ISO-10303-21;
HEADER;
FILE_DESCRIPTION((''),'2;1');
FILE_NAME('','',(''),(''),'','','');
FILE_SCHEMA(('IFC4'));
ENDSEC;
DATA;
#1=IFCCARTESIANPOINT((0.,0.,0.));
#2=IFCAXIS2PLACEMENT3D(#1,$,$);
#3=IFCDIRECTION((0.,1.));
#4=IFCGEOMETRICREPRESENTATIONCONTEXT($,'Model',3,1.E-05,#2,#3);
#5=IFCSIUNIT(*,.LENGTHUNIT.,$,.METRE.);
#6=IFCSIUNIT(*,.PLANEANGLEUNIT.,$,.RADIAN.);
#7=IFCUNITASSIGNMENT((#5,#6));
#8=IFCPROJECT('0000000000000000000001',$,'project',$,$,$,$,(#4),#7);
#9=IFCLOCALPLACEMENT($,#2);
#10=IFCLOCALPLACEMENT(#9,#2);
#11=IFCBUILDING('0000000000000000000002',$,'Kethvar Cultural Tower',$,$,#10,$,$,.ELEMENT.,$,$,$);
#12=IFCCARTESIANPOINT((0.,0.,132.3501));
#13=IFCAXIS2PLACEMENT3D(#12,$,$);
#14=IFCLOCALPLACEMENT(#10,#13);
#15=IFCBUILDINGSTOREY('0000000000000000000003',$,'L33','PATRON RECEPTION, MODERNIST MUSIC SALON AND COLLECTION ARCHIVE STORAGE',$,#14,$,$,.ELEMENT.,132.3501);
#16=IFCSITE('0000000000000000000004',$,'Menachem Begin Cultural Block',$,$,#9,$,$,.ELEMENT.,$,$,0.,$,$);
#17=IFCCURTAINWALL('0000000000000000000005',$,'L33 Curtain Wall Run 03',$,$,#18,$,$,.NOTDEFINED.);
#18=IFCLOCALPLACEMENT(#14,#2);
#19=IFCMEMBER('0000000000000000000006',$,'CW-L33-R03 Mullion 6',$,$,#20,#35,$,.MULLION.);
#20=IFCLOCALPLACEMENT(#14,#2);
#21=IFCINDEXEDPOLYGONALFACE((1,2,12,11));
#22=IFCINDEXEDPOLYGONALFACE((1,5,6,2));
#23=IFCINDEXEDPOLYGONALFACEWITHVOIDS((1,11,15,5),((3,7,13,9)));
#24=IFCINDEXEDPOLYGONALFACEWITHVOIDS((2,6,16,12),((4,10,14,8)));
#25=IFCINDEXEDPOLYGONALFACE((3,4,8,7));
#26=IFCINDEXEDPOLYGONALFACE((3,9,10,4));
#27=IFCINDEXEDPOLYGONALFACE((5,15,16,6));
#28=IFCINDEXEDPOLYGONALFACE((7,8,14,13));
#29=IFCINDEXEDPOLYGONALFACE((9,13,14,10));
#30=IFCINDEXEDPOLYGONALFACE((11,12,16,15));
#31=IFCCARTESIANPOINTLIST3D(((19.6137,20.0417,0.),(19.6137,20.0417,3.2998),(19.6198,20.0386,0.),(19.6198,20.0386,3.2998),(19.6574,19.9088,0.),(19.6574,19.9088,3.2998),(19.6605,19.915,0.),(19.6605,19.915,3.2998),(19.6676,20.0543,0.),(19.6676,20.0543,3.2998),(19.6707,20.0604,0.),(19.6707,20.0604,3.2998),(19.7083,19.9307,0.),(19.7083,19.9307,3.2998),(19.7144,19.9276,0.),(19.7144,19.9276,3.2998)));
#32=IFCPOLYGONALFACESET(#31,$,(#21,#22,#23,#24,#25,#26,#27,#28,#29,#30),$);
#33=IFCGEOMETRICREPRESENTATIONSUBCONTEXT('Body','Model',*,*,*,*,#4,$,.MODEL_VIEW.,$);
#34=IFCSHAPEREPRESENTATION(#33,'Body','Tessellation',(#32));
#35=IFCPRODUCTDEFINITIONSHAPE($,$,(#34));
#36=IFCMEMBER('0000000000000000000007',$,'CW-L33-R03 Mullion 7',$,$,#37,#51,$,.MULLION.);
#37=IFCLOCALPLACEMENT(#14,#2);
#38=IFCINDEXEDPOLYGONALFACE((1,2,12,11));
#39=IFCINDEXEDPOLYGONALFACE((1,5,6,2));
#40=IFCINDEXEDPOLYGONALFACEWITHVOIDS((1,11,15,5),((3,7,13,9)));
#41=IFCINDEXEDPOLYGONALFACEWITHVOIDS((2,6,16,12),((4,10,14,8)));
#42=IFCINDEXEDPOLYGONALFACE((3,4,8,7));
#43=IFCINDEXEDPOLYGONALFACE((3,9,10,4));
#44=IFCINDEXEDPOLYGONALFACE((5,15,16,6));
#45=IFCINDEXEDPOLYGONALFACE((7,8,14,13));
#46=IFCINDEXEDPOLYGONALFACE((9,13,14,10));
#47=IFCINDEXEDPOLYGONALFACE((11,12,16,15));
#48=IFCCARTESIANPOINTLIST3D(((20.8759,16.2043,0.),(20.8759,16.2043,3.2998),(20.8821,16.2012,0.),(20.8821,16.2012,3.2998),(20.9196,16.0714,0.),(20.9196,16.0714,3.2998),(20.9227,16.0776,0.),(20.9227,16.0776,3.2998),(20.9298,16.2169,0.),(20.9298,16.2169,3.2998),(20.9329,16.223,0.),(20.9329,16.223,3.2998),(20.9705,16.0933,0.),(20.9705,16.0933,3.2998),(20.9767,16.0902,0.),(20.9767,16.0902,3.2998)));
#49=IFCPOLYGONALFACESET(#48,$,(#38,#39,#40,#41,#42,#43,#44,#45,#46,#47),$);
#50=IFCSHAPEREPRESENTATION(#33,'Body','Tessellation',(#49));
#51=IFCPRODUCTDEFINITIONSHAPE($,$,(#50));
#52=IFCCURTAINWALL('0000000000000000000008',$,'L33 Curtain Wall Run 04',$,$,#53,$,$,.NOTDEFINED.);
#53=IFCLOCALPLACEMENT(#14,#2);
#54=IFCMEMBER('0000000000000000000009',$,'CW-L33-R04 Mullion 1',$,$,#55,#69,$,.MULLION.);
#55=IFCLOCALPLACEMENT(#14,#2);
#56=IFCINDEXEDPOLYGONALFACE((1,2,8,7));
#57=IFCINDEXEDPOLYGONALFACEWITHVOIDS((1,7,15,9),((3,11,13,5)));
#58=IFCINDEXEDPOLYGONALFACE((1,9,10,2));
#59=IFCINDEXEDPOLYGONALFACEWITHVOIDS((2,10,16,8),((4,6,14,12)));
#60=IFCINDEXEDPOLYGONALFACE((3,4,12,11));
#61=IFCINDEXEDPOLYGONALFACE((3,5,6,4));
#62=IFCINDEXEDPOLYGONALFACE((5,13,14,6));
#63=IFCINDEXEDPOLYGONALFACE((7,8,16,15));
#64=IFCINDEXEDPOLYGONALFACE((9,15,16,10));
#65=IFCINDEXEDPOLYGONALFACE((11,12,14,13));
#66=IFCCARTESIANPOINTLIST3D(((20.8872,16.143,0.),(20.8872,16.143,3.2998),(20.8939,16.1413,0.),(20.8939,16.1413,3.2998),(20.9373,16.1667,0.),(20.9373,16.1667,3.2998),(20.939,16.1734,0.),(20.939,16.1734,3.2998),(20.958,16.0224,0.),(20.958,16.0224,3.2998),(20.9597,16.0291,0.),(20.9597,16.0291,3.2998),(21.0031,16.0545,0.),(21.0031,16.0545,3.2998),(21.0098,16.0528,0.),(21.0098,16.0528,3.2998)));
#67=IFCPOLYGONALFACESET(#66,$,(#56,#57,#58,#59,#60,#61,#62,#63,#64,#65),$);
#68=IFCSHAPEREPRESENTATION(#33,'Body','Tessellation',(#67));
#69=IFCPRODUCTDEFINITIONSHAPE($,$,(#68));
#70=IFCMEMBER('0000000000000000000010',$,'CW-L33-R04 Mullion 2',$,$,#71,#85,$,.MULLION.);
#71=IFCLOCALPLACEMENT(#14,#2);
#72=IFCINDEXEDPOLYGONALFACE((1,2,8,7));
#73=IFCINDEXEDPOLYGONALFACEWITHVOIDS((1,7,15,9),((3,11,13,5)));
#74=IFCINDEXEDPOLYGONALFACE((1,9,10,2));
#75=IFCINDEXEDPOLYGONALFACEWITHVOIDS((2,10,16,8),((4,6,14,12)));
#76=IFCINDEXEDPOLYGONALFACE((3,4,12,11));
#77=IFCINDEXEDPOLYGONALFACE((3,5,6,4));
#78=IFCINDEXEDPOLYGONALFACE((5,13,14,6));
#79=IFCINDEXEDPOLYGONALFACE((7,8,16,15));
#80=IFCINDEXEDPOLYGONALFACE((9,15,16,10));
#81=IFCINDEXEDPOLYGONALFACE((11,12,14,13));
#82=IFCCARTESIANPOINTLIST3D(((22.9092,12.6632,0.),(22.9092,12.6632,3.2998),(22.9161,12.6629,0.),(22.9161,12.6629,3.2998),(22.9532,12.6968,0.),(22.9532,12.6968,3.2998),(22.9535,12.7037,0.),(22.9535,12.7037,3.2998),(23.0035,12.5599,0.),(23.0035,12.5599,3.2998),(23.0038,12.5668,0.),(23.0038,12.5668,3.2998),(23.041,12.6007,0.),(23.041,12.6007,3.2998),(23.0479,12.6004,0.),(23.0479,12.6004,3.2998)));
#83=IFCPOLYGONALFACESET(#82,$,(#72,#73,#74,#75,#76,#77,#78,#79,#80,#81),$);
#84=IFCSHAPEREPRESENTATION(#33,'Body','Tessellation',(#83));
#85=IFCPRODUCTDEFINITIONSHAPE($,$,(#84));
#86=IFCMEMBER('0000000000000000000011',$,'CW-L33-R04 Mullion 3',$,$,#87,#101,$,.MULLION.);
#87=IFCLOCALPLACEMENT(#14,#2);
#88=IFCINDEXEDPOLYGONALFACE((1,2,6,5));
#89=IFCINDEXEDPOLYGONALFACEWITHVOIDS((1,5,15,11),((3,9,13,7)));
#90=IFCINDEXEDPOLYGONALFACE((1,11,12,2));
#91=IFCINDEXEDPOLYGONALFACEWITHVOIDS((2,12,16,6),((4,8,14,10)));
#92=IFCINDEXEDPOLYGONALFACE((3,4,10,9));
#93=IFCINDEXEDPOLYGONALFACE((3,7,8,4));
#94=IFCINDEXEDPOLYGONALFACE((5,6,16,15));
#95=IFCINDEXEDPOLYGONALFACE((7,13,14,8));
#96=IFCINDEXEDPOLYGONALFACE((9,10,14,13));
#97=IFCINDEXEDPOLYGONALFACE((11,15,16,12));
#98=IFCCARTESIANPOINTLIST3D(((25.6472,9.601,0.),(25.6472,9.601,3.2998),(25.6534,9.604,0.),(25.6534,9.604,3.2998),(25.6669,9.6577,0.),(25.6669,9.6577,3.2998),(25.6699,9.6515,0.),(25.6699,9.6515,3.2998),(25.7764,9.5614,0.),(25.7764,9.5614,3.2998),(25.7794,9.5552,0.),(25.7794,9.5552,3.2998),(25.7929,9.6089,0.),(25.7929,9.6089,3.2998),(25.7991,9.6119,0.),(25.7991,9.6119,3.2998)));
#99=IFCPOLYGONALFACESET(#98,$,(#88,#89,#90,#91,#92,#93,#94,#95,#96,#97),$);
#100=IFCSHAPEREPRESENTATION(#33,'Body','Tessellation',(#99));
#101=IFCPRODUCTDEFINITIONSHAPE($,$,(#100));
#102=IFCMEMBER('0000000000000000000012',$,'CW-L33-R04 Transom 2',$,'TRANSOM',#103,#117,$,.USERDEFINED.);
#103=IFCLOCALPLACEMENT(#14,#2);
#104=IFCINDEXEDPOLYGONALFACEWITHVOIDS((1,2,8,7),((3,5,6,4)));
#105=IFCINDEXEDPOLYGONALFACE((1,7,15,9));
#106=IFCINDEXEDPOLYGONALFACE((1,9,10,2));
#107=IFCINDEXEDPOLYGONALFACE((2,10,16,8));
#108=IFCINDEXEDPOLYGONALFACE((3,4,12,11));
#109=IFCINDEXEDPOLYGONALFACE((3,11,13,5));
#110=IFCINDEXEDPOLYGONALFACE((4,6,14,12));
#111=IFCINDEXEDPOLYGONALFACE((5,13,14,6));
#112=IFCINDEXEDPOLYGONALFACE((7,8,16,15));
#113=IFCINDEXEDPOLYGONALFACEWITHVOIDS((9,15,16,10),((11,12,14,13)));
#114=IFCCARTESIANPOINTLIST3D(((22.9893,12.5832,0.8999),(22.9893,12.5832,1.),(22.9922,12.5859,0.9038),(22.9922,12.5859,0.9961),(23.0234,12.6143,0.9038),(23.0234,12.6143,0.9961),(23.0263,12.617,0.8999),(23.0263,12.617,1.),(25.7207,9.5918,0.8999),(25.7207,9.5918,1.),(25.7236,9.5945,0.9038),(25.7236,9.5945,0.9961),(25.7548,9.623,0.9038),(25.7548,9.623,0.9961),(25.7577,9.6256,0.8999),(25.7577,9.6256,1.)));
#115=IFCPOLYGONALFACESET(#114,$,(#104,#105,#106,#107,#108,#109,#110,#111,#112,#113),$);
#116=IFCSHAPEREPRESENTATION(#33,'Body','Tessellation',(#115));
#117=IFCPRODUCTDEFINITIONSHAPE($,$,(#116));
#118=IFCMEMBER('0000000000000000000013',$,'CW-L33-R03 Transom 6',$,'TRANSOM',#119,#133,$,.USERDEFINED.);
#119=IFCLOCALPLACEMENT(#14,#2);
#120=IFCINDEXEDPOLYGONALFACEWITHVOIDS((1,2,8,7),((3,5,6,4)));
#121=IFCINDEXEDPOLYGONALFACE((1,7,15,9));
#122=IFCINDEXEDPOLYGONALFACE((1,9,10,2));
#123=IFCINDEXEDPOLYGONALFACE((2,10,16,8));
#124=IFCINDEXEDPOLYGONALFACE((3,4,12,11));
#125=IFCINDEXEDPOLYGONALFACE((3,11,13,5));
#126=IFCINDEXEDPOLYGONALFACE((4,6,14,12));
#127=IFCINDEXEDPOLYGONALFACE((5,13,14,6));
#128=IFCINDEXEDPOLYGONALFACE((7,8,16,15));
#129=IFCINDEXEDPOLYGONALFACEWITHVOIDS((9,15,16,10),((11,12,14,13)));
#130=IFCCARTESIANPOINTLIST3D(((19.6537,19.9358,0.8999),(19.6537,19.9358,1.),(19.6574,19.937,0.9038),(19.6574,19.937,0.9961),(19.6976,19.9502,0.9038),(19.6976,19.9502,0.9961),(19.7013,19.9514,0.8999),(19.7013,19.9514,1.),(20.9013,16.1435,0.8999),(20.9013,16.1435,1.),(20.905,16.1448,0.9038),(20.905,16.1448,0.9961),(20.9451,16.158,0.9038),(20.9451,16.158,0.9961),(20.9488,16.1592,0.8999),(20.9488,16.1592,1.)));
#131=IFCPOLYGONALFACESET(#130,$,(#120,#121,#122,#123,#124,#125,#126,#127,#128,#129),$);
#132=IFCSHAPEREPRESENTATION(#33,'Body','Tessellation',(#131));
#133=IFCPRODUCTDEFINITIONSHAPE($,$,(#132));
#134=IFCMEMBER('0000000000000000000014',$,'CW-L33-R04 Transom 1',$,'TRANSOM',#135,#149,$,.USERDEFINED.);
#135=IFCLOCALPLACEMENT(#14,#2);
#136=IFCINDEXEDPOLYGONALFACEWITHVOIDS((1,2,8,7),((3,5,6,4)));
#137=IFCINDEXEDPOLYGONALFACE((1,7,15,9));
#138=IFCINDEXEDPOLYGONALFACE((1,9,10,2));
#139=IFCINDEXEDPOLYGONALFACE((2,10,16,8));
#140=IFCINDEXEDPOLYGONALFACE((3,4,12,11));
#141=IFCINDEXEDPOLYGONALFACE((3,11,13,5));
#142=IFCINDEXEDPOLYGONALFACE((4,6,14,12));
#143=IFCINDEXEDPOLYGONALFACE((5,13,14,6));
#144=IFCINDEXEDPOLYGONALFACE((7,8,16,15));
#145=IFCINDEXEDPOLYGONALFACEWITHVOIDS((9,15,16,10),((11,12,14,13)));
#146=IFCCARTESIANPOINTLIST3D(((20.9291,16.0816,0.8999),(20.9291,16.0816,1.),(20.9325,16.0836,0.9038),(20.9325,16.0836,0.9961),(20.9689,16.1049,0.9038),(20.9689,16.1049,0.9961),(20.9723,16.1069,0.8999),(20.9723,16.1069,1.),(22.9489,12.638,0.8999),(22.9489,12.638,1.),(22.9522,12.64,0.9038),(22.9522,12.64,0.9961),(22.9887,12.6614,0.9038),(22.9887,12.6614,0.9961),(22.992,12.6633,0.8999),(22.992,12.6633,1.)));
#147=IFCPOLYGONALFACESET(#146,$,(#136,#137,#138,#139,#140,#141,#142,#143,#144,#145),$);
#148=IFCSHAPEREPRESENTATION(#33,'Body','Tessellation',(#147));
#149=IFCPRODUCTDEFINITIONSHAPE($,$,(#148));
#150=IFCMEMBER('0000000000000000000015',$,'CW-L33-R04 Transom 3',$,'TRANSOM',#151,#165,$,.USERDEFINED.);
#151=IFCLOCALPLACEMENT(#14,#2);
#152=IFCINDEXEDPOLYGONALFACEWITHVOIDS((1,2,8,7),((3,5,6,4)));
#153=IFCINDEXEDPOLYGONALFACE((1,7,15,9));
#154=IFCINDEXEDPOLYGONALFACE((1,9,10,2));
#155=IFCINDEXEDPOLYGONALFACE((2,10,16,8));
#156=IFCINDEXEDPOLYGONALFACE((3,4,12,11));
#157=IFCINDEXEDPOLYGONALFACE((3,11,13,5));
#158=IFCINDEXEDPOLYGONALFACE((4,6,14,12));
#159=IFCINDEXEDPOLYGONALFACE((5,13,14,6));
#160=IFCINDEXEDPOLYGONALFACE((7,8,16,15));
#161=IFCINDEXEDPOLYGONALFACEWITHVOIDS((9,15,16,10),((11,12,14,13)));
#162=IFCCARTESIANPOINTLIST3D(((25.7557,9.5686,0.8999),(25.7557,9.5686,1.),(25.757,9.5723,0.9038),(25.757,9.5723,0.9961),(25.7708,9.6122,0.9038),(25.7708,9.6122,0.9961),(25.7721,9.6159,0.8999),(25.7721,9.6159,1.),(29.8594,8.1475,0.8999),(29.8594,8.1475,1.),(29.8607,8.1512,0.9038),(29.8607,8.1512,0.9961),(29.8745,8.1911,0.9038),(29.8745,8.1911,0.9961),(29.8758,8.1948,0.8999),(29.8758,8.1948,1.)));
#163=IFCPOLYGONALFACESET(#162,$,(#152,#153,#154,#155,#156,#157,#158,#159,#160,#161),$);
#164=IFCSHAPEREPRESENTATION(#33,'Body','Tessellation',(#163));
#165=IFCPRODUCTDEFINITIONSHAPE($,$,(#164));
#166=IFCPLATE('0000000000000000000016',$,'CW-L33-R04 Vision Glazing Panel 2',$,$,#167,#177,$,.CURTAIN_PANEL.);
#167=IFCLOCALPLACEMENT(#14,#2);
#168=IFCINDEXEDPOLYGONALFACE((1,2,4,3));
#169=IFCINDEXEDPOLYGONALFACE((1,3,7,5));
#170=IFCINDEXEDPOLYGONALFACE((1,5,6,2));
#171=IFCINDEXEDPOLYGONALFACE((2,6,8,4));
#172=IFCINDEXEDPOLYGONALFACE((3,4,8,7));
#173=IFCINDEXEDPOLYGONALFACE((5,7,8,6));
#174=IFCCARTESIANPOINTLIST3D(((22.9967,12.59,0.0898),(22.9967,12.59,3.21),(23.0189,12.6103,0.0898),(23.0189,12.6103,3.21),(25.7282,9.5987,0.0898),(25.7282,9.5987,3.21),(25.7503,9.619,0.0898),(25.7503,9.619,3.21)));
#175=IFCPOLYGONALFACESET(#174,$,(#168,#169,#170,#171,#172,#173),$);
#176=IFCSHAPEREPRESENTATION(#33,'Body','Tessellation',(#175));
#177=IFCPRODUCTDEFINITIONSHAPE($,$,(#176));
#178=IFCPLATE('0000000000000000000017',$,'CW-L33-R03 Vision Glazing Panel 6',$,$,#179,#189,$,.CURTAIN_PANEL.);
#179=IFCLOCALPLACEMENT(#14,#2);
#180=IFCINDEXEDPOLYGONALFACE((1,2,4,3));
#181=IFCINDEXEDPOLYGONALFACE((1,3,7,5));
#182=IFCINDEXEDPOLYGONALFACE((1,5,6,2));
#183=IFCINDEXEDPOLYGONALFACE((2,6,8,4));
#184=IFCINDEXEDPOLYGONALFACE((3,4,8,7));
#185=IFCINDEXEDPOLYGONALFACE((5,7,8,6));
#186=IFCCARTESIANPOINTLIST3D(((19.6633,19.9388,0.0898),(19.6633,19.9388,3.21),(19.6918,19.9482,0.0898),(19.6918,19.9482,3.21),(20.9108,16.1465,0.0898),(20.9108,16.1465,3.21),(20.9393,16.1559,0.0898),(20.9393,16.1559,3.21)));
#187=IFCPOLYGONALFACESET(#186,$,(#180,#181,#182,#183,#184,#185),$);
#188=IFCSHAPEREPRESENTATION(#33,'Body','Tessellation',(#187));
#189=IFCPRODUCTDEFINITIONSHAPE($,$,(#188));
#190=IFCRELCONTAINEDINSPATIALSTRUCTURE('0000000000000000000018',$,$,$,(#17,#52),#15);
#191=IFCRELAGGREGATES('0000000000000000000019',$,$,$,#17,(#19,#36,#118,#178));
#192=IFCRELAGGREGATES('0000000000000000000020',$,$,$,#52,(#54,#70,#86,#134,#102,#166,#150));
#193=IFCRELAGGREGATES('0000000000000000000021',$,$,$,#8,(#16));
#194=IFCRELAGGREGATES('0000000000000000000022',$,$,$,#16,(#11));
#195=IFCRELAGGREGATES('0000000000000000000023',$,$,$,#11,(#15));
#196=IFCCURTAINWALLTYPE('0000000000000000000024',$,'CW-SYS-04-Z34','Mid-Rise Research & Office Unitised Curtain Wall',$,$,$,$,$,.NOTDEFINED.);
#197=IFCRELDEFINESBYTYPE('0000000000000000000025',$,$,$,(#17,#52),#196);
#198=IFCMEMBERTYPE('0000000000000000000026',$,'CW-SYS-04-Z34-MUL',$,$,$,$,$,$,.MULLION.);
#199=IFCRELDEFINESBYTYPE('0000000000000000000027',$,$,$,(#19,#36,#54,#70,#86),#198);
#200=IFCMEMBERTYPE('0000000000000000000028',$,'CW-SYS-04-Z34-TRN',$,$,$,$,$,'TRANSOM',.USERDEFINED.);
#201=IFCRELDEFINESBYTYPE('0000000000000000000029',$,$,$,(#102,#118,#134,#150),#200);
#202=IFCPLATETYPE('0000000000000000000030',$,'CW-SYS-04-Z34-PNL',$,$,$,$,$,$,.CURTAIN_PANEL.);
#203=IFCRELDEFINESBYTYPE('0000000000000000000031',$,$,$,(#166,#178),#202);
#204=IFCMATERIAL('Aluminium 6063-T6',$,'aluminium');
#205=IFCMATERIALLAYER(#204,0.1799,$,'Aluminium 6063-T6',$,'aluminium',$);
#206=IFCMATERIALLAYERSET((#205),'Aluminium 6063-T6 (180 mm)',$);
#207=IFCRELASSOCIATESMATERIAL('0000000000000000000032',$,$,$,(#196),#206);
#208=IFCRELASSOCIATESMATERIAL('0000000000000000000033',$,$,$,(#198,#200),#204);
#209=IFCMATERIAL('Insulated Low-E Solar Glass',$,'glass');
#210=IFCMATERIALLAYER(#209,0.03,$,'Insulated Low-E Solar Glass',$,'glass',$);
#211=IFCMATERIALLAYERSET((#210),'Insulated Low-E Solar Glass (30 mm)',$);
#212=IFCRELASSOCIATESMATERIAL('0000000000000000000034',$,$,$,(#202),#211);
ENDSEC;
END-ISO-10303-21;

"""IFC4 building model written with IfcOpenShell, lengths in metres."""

from ifc_helpers import new_model, si_unit, direction, frame, origin, origin_2d, place, context, subcontext, project, spatial, rectangle, hollow_rectangle, extrude, source, transform, mapped, material, layer, layer_set, material_profile, profile_set, type_object, element, aggregate, save


model = new_model("IFC4")

# Units and contexts
model_context = context("Model", 3, precision=1e-05, world=origin(), true_north=direction((0.0, 1.0)))
body_context = subcontext(model_context, "Body", "Model", "MODEL_VIEW")
ifc_project = project(units=[si_unit("LENGTHUNIT", "METRE"), si_unit("PLANEANGLEUNIT", "RADIAN")], contexts=[model_context])

# Site, building, storey
site_placement = place(None, origin())
site = spatial("IfcSite", under=ifc_project, at=site_placement, Name="Menachem Begin Cultural Block", CompositionType="ELEMENT", RefElevation=0.0)
building_placement = place(site_placement, origin())
building = spatial("IfcBuilding", under=site, at=building_placement, Name="Kethvar Cultural Tower", CompositionType="ELEMENT")
storey_placement = place(building_placement, frame((0.0, 0.0, 132.3501)))
storey = spatial("IfcBuildingStorey", under=building, at=storey_placement, Name="L33", Description="PATRON RECEPTION, MODERNIST MUSIC SALON AND COLLECTION ARCHIVE STORAGE", CompositionType="ELEMENT", Elevation=132.3501)

# Curtain walls, members
ifc_material_1 = material(Name="Aluminium 6063-T6", Category="aluminium")
ifc_layer_1 = layer(ifc_material_1, 0.1799, Name="Aluminium 6063-T6", Category="aluminium")
ifc_layer_set_1 = layer_set([ifc_layer_1], Name="Aluminium 6063-T6 (180 mm)")
curtain_wall_type = type_object("IfcCurtainWallType", Name="CW-SYS-04-Z34", Description="Mid-Rise Research & Office Unitised Curtain Wall", PredefinedType="NOTDEFINED", material=ifc_layer_set_1)
curtain_wall_1_placement = place(storey_placement, origin())
curtain_wall_1 = element("IfcCurtainWall", 1, at=curtain_wall_1_placement, inside=storey, type_object=curtain_wall_type, Name="L33 Curtain Wall Run 03", PredefinedType="NOTDEFINED")
ifc_material_profile_1 = material_profile(ifc_material_1, hollow_rectangle(XDim=0.0601, YDim=0.1399, WallThickness=0.0049, at=origin_2d()), Name="Aluminium 6063-T6 — RHS140x60x5")
ifc_profile_set_1 = profile_set([ifc_material_profile_1], Name="Aluminium 6063-T6 — RHS140x60x5")
member_type_1 = type_object("IfcMemberType", Name="CW-SYS-04-Z34-MUL", PredefinedType="MULLION", material=ifc_profile_set_1)
shared_shape_1 = source(origin(), body_context, "Body", "SweptSolid", [
    extrude(hollow_rectangle(XDim=0.0601, YDim=0.1399, WallThickness=0.0049, at=origin_2d()), origin(), (0.0, 0.0, 1.0), 3.2998),
])
member_1_placement = place(storey_placement, frame((19.6641, 19.9846, 0.0), z_axis=(0.0, 0.0, 1.0), x_axis=(0.949923, 0.312484, 0.0)))
member_1 = element("IfcMember", 2, at=member_1_placement, type_object=member_type_1, Name="CW-L33-R03 Mullion 6", PredefinedType="MULLION", context=body_context, shape_type="MappedRepresentation", body=[
    mapped(shared_shape_1, transform((0.0, 0.0, 0.0), scale=1.0)),
])
member_2_placement = place(storey_placement, frame((20.9263, 16.1472, 0.0), z_axis=(0.0, 0.0, 1.0), x_axis=(0.949923, 0.312484, 0.0)))
member_2 = element("IfcMember", 3, at=member_2_placement, type_object=member_type_1, Name="CW-L33-R03 Mullion 7", PredefinedType="MULLION", context=body_context, shape_type="MappedRepresentation", body=[
    mapped(shared_shape_1, transform((0.0, 0.0, 0.0), scale=1.0)),
])
curtain_wall_2_placement = place(storey_placement, origin())
curtain_wall_2 = element("IfcCurtainWall", 4, at=curtain_wall_2_placement, inside=storey, type_object=curtain_wall_type, Name="L33 Curtain Wall Run 04", PredefinedType="NOTDEFINED")
member_3_placement = place(storey_placement, frame((20.9485, 16.0979, 0.0), z_axis=(0.0, 0.0, 1.0), x_axis=(0.862593, 0.505898, 0.0)))
member_3 = element("IfcMember", 5, at=member_3_placement, type_object=member_type_1, Name="CW-L33-R04 Mullion 1", PredefinedType="MULLION", context=body_context, shape_type="MappedRepresentation", body=[
    mapped(shared_shape_1, transform((0.0, 0.0, 0.0), scale=1.0)),
])
member_4_placement = place(storey_placement, frame((22.9785, 12.6318, 0.0), z_axis=(0.0, 0.0, 1.0), x_axis=(0.738455, 0.674302, 0.0)))
member_4 = element("IfcMember", 6, at=member_4_placement, type_object=member_type_1, Name="CW-L33-R04 Mullion 2", PredefinedType="MULLION", context=body_context, shape_type="MappedRepresentation", body=[
    mapped(shared_shape_1, transform((0.0, 0.0, 0.0), scale=1.0)),
])
member_5_placement = place(storey_placement, frame((25.7231, 9.6064, 0.0), z_axis=(0.0, 0.0, 1.0), x_axis=(0.327251, 0.944937, 0.0)))
member_5 = element("IfcMember", 7, at=member_5_placement, type_object=member_type_1, Name="CW-L33-R04 Mullion 3", PredefinedType="MULLION", context=body_context, shape_type="MappedRepresentation", body=[
    mapped(shared_shape_1, transform((0.0, 0.0, 0.0), scale=1.0)),
])
ifc_material_profile_2 = material_profile(ifc_material_1, hollow_rectangle(XDim=0.05, YDim=0.1001, WallThickness=0.0039, at=origin_2d()), Name="Aluminium 6063-T6 — RHS100x50x4")
ifc_profile_set_2 = profile_set([ifc_material_profile_2], Name="Aluminium 6063-T6 — RHS100x50x4")
member_type_2 = type_object("IfcMemberType", Name="CW-SYS-04-Z34-TRN", ElementType="TRANSOM", PredefinedType="USERDEFINED", material=ifc_profile_set_2)
shared_shape_2 = source(origin(), body_context, "Body", "SweptSolid", [
    extrude(hollow_rectangle(XDim=0.05, YDim=0.1001, WallThickness=0.0039, at=origin_2d()), origin(), (0.0, 0.0, 1.0), 4.0508),
])
member_6_placement = place(storey_placement, frame((23.0078, 12.6001, 0.95), z_axis=(0.674285, -0.738471, 0.0), x_axis=(0.738471, 0.674285, 0.0)))
member_6 = element("IfcMember", 8, at=member_6_placement, type_object=member_type_2, Name="CW-L33-R04 Transom 2", ObjectType="TRANSOM", PredefinedType="USERDEFINED", context=body_context, shape_type="MappedRepresentation", body=[
    mapped(shared_shape_2, transform((0.0, 0.0, 0.0), scale=1.0)),
])

# Members
shared_shape_3 = source(origin(), body_context, "Body", "SweptSolid", [
    extrude(hollow_rectangle(XDim=0.05, YDim=0.1001, WallThickness=0.0039, at=origin_2d()), origin(), (0.0, 0.0, 1.0), 3.9922),
])
member_7_placement = place(storey_placement, frame((19.6775, 19.9436, 0.95), z_axis=(0.312501, -0.949917, 0.0), x_axis=(0.949917, 0.312501, 0.0)))
member_7 = element("IfcMember", 9, at=member_7_placement, type_object=member_type_2, Name="CW-L33-R03 Transom 6", ObjectType="TRANSOM", PredefinedType="USERDEFINED", context=body_context, shape_type="MappedRepresentation", body=[
    mapped(shared_shape_3, transform((0.0, 0.0, 0.0), scale=1.0)),
])
member_8_placement = place(storey_placement, frame((20.9507, 16.0942, 0.95), z_axis=(0.505927, -0.862577, 0.0), x_axis=(0.862577, 0.505927, 0.0)))
member_8 = element("IfcMember", 10, at=member_8_placement, type_object=member_type_2, Name="CW-L33-R04 Transom 1", ObjectType="TRANSOM", PredefinedType="USERDEFINED", context=body_context, shape_type="MappedRepresentation", body=[
    mapped(shared_shape_3, transform((0.0, 0.0, 0.0), scale=1.0)),
])
shared_shape_4 = source(origin(), body_context, "Body", "SweptSolid", [
    extrude(hollow_rectangle(XDim=0.05, YDim=0.1001, WallThickness=0.0039, at=origin_2d()), origin(), (0.0, 0.0, 1.0), 4.3428),
])
member_9_placement = place(storey_placement, frame((25.7639, 9.5923, 0.95), z_axis=(0.944943, -0.327236, 0.0), x_axis=(0.327236, 0.944943, 0.0)))
member_9 = element("IfcMember", 11, at=member_9_placement, type_object=member_type_2, Name="CW-L33-R04 Transom 3", ObjectType="TRANSOM", PredefinedType="USERDEFINED", context=body_context, shape_type="MappedRepresentation", body=[
    mapped(shared_shape_4, transform((0.0, 0.0, 0.0), scale=1.0)),
])

# Plates
ifc_material_2 = material(Name="Insulated Low-E Solar Glass", Category="glass")
ifc_layer_2 = layer(ifc_material_2, 0.03, Name="Insulated Low-E Solar Glass", Category="glass")
ifc_layer_set_2 = layer_set([ifc_layer_2], Name="Insulated Low-E Solar Glass (30 mm)")
plate_type = type_object("IfcPlateType", Name="CW-SYS-04-Z34-PNL", PredefinedType="CURTAIN_PANEL", material=ifc_layer_set_2)
shared_shape_5 = source(origin(), body_context, "Body", "SweptSolid", [
    extrude(rectangle(XDim=4.0508, YDim=0.03, at=origin_2d()), origin(), (0.0, 0.0, 1.0), 3.1201),
])
plate_1_placement = place(storey_placement, frame((24.3735, 11.1045, 0.0898), z_axis=(0.0, 0.0, 1.0), x_axis=(0.674302, -0.738455, 0.0)))
plate_1 = element("IfcPlate", 12, at=plate_1_placement, type_object=plate_type, Name="CW-L33-R04 Vision Glazing Panel 2", PredefinedType="CURTAIN_PANEL", context=body_context, shape_type="MappedRepresentation", body=[
    mapped(shared_shape_5, transform((0.0, 0.0, 0.0), scale=1.0)),
])
shared_shape_6 = source(origin(), body_context, "Body", "SweptSolid", [
    extrude(rectangle(XDim=3.9922, YDim=0.03, at=origin_2d()), origin(), (0.0, 0.0, 1.0), 3.1201),
])
plate_2_placement = place(storey_placement, frame((20.3013, 18.0474, 0.0898), z_axis=(0.0, 0.0, 1.0), x_axis=(0.312484, -0.949923, 0.0)))
plate_2 = element("IfcPlate", 13, at=plate_2_placement, type_object=plate_type, Name="CW-L33-R03 Vision Glazing Panel 6", PredefinedType="CURTAIN_PANEL", context=body_context, shape_type="MappedRepresentation", body=[
    mapped(shared_shape_6, transform((0.0, 0.0, 0.0), scale=1.0)),
])
aggregate(curtain_wall_1, [member_1, member_2, member_7, plate_2])
aggregate(curtain_wall_2, [member_3, member_4, member_5, member_8, member_6, plate_1, member_9])

save(model, "model.ifc")
